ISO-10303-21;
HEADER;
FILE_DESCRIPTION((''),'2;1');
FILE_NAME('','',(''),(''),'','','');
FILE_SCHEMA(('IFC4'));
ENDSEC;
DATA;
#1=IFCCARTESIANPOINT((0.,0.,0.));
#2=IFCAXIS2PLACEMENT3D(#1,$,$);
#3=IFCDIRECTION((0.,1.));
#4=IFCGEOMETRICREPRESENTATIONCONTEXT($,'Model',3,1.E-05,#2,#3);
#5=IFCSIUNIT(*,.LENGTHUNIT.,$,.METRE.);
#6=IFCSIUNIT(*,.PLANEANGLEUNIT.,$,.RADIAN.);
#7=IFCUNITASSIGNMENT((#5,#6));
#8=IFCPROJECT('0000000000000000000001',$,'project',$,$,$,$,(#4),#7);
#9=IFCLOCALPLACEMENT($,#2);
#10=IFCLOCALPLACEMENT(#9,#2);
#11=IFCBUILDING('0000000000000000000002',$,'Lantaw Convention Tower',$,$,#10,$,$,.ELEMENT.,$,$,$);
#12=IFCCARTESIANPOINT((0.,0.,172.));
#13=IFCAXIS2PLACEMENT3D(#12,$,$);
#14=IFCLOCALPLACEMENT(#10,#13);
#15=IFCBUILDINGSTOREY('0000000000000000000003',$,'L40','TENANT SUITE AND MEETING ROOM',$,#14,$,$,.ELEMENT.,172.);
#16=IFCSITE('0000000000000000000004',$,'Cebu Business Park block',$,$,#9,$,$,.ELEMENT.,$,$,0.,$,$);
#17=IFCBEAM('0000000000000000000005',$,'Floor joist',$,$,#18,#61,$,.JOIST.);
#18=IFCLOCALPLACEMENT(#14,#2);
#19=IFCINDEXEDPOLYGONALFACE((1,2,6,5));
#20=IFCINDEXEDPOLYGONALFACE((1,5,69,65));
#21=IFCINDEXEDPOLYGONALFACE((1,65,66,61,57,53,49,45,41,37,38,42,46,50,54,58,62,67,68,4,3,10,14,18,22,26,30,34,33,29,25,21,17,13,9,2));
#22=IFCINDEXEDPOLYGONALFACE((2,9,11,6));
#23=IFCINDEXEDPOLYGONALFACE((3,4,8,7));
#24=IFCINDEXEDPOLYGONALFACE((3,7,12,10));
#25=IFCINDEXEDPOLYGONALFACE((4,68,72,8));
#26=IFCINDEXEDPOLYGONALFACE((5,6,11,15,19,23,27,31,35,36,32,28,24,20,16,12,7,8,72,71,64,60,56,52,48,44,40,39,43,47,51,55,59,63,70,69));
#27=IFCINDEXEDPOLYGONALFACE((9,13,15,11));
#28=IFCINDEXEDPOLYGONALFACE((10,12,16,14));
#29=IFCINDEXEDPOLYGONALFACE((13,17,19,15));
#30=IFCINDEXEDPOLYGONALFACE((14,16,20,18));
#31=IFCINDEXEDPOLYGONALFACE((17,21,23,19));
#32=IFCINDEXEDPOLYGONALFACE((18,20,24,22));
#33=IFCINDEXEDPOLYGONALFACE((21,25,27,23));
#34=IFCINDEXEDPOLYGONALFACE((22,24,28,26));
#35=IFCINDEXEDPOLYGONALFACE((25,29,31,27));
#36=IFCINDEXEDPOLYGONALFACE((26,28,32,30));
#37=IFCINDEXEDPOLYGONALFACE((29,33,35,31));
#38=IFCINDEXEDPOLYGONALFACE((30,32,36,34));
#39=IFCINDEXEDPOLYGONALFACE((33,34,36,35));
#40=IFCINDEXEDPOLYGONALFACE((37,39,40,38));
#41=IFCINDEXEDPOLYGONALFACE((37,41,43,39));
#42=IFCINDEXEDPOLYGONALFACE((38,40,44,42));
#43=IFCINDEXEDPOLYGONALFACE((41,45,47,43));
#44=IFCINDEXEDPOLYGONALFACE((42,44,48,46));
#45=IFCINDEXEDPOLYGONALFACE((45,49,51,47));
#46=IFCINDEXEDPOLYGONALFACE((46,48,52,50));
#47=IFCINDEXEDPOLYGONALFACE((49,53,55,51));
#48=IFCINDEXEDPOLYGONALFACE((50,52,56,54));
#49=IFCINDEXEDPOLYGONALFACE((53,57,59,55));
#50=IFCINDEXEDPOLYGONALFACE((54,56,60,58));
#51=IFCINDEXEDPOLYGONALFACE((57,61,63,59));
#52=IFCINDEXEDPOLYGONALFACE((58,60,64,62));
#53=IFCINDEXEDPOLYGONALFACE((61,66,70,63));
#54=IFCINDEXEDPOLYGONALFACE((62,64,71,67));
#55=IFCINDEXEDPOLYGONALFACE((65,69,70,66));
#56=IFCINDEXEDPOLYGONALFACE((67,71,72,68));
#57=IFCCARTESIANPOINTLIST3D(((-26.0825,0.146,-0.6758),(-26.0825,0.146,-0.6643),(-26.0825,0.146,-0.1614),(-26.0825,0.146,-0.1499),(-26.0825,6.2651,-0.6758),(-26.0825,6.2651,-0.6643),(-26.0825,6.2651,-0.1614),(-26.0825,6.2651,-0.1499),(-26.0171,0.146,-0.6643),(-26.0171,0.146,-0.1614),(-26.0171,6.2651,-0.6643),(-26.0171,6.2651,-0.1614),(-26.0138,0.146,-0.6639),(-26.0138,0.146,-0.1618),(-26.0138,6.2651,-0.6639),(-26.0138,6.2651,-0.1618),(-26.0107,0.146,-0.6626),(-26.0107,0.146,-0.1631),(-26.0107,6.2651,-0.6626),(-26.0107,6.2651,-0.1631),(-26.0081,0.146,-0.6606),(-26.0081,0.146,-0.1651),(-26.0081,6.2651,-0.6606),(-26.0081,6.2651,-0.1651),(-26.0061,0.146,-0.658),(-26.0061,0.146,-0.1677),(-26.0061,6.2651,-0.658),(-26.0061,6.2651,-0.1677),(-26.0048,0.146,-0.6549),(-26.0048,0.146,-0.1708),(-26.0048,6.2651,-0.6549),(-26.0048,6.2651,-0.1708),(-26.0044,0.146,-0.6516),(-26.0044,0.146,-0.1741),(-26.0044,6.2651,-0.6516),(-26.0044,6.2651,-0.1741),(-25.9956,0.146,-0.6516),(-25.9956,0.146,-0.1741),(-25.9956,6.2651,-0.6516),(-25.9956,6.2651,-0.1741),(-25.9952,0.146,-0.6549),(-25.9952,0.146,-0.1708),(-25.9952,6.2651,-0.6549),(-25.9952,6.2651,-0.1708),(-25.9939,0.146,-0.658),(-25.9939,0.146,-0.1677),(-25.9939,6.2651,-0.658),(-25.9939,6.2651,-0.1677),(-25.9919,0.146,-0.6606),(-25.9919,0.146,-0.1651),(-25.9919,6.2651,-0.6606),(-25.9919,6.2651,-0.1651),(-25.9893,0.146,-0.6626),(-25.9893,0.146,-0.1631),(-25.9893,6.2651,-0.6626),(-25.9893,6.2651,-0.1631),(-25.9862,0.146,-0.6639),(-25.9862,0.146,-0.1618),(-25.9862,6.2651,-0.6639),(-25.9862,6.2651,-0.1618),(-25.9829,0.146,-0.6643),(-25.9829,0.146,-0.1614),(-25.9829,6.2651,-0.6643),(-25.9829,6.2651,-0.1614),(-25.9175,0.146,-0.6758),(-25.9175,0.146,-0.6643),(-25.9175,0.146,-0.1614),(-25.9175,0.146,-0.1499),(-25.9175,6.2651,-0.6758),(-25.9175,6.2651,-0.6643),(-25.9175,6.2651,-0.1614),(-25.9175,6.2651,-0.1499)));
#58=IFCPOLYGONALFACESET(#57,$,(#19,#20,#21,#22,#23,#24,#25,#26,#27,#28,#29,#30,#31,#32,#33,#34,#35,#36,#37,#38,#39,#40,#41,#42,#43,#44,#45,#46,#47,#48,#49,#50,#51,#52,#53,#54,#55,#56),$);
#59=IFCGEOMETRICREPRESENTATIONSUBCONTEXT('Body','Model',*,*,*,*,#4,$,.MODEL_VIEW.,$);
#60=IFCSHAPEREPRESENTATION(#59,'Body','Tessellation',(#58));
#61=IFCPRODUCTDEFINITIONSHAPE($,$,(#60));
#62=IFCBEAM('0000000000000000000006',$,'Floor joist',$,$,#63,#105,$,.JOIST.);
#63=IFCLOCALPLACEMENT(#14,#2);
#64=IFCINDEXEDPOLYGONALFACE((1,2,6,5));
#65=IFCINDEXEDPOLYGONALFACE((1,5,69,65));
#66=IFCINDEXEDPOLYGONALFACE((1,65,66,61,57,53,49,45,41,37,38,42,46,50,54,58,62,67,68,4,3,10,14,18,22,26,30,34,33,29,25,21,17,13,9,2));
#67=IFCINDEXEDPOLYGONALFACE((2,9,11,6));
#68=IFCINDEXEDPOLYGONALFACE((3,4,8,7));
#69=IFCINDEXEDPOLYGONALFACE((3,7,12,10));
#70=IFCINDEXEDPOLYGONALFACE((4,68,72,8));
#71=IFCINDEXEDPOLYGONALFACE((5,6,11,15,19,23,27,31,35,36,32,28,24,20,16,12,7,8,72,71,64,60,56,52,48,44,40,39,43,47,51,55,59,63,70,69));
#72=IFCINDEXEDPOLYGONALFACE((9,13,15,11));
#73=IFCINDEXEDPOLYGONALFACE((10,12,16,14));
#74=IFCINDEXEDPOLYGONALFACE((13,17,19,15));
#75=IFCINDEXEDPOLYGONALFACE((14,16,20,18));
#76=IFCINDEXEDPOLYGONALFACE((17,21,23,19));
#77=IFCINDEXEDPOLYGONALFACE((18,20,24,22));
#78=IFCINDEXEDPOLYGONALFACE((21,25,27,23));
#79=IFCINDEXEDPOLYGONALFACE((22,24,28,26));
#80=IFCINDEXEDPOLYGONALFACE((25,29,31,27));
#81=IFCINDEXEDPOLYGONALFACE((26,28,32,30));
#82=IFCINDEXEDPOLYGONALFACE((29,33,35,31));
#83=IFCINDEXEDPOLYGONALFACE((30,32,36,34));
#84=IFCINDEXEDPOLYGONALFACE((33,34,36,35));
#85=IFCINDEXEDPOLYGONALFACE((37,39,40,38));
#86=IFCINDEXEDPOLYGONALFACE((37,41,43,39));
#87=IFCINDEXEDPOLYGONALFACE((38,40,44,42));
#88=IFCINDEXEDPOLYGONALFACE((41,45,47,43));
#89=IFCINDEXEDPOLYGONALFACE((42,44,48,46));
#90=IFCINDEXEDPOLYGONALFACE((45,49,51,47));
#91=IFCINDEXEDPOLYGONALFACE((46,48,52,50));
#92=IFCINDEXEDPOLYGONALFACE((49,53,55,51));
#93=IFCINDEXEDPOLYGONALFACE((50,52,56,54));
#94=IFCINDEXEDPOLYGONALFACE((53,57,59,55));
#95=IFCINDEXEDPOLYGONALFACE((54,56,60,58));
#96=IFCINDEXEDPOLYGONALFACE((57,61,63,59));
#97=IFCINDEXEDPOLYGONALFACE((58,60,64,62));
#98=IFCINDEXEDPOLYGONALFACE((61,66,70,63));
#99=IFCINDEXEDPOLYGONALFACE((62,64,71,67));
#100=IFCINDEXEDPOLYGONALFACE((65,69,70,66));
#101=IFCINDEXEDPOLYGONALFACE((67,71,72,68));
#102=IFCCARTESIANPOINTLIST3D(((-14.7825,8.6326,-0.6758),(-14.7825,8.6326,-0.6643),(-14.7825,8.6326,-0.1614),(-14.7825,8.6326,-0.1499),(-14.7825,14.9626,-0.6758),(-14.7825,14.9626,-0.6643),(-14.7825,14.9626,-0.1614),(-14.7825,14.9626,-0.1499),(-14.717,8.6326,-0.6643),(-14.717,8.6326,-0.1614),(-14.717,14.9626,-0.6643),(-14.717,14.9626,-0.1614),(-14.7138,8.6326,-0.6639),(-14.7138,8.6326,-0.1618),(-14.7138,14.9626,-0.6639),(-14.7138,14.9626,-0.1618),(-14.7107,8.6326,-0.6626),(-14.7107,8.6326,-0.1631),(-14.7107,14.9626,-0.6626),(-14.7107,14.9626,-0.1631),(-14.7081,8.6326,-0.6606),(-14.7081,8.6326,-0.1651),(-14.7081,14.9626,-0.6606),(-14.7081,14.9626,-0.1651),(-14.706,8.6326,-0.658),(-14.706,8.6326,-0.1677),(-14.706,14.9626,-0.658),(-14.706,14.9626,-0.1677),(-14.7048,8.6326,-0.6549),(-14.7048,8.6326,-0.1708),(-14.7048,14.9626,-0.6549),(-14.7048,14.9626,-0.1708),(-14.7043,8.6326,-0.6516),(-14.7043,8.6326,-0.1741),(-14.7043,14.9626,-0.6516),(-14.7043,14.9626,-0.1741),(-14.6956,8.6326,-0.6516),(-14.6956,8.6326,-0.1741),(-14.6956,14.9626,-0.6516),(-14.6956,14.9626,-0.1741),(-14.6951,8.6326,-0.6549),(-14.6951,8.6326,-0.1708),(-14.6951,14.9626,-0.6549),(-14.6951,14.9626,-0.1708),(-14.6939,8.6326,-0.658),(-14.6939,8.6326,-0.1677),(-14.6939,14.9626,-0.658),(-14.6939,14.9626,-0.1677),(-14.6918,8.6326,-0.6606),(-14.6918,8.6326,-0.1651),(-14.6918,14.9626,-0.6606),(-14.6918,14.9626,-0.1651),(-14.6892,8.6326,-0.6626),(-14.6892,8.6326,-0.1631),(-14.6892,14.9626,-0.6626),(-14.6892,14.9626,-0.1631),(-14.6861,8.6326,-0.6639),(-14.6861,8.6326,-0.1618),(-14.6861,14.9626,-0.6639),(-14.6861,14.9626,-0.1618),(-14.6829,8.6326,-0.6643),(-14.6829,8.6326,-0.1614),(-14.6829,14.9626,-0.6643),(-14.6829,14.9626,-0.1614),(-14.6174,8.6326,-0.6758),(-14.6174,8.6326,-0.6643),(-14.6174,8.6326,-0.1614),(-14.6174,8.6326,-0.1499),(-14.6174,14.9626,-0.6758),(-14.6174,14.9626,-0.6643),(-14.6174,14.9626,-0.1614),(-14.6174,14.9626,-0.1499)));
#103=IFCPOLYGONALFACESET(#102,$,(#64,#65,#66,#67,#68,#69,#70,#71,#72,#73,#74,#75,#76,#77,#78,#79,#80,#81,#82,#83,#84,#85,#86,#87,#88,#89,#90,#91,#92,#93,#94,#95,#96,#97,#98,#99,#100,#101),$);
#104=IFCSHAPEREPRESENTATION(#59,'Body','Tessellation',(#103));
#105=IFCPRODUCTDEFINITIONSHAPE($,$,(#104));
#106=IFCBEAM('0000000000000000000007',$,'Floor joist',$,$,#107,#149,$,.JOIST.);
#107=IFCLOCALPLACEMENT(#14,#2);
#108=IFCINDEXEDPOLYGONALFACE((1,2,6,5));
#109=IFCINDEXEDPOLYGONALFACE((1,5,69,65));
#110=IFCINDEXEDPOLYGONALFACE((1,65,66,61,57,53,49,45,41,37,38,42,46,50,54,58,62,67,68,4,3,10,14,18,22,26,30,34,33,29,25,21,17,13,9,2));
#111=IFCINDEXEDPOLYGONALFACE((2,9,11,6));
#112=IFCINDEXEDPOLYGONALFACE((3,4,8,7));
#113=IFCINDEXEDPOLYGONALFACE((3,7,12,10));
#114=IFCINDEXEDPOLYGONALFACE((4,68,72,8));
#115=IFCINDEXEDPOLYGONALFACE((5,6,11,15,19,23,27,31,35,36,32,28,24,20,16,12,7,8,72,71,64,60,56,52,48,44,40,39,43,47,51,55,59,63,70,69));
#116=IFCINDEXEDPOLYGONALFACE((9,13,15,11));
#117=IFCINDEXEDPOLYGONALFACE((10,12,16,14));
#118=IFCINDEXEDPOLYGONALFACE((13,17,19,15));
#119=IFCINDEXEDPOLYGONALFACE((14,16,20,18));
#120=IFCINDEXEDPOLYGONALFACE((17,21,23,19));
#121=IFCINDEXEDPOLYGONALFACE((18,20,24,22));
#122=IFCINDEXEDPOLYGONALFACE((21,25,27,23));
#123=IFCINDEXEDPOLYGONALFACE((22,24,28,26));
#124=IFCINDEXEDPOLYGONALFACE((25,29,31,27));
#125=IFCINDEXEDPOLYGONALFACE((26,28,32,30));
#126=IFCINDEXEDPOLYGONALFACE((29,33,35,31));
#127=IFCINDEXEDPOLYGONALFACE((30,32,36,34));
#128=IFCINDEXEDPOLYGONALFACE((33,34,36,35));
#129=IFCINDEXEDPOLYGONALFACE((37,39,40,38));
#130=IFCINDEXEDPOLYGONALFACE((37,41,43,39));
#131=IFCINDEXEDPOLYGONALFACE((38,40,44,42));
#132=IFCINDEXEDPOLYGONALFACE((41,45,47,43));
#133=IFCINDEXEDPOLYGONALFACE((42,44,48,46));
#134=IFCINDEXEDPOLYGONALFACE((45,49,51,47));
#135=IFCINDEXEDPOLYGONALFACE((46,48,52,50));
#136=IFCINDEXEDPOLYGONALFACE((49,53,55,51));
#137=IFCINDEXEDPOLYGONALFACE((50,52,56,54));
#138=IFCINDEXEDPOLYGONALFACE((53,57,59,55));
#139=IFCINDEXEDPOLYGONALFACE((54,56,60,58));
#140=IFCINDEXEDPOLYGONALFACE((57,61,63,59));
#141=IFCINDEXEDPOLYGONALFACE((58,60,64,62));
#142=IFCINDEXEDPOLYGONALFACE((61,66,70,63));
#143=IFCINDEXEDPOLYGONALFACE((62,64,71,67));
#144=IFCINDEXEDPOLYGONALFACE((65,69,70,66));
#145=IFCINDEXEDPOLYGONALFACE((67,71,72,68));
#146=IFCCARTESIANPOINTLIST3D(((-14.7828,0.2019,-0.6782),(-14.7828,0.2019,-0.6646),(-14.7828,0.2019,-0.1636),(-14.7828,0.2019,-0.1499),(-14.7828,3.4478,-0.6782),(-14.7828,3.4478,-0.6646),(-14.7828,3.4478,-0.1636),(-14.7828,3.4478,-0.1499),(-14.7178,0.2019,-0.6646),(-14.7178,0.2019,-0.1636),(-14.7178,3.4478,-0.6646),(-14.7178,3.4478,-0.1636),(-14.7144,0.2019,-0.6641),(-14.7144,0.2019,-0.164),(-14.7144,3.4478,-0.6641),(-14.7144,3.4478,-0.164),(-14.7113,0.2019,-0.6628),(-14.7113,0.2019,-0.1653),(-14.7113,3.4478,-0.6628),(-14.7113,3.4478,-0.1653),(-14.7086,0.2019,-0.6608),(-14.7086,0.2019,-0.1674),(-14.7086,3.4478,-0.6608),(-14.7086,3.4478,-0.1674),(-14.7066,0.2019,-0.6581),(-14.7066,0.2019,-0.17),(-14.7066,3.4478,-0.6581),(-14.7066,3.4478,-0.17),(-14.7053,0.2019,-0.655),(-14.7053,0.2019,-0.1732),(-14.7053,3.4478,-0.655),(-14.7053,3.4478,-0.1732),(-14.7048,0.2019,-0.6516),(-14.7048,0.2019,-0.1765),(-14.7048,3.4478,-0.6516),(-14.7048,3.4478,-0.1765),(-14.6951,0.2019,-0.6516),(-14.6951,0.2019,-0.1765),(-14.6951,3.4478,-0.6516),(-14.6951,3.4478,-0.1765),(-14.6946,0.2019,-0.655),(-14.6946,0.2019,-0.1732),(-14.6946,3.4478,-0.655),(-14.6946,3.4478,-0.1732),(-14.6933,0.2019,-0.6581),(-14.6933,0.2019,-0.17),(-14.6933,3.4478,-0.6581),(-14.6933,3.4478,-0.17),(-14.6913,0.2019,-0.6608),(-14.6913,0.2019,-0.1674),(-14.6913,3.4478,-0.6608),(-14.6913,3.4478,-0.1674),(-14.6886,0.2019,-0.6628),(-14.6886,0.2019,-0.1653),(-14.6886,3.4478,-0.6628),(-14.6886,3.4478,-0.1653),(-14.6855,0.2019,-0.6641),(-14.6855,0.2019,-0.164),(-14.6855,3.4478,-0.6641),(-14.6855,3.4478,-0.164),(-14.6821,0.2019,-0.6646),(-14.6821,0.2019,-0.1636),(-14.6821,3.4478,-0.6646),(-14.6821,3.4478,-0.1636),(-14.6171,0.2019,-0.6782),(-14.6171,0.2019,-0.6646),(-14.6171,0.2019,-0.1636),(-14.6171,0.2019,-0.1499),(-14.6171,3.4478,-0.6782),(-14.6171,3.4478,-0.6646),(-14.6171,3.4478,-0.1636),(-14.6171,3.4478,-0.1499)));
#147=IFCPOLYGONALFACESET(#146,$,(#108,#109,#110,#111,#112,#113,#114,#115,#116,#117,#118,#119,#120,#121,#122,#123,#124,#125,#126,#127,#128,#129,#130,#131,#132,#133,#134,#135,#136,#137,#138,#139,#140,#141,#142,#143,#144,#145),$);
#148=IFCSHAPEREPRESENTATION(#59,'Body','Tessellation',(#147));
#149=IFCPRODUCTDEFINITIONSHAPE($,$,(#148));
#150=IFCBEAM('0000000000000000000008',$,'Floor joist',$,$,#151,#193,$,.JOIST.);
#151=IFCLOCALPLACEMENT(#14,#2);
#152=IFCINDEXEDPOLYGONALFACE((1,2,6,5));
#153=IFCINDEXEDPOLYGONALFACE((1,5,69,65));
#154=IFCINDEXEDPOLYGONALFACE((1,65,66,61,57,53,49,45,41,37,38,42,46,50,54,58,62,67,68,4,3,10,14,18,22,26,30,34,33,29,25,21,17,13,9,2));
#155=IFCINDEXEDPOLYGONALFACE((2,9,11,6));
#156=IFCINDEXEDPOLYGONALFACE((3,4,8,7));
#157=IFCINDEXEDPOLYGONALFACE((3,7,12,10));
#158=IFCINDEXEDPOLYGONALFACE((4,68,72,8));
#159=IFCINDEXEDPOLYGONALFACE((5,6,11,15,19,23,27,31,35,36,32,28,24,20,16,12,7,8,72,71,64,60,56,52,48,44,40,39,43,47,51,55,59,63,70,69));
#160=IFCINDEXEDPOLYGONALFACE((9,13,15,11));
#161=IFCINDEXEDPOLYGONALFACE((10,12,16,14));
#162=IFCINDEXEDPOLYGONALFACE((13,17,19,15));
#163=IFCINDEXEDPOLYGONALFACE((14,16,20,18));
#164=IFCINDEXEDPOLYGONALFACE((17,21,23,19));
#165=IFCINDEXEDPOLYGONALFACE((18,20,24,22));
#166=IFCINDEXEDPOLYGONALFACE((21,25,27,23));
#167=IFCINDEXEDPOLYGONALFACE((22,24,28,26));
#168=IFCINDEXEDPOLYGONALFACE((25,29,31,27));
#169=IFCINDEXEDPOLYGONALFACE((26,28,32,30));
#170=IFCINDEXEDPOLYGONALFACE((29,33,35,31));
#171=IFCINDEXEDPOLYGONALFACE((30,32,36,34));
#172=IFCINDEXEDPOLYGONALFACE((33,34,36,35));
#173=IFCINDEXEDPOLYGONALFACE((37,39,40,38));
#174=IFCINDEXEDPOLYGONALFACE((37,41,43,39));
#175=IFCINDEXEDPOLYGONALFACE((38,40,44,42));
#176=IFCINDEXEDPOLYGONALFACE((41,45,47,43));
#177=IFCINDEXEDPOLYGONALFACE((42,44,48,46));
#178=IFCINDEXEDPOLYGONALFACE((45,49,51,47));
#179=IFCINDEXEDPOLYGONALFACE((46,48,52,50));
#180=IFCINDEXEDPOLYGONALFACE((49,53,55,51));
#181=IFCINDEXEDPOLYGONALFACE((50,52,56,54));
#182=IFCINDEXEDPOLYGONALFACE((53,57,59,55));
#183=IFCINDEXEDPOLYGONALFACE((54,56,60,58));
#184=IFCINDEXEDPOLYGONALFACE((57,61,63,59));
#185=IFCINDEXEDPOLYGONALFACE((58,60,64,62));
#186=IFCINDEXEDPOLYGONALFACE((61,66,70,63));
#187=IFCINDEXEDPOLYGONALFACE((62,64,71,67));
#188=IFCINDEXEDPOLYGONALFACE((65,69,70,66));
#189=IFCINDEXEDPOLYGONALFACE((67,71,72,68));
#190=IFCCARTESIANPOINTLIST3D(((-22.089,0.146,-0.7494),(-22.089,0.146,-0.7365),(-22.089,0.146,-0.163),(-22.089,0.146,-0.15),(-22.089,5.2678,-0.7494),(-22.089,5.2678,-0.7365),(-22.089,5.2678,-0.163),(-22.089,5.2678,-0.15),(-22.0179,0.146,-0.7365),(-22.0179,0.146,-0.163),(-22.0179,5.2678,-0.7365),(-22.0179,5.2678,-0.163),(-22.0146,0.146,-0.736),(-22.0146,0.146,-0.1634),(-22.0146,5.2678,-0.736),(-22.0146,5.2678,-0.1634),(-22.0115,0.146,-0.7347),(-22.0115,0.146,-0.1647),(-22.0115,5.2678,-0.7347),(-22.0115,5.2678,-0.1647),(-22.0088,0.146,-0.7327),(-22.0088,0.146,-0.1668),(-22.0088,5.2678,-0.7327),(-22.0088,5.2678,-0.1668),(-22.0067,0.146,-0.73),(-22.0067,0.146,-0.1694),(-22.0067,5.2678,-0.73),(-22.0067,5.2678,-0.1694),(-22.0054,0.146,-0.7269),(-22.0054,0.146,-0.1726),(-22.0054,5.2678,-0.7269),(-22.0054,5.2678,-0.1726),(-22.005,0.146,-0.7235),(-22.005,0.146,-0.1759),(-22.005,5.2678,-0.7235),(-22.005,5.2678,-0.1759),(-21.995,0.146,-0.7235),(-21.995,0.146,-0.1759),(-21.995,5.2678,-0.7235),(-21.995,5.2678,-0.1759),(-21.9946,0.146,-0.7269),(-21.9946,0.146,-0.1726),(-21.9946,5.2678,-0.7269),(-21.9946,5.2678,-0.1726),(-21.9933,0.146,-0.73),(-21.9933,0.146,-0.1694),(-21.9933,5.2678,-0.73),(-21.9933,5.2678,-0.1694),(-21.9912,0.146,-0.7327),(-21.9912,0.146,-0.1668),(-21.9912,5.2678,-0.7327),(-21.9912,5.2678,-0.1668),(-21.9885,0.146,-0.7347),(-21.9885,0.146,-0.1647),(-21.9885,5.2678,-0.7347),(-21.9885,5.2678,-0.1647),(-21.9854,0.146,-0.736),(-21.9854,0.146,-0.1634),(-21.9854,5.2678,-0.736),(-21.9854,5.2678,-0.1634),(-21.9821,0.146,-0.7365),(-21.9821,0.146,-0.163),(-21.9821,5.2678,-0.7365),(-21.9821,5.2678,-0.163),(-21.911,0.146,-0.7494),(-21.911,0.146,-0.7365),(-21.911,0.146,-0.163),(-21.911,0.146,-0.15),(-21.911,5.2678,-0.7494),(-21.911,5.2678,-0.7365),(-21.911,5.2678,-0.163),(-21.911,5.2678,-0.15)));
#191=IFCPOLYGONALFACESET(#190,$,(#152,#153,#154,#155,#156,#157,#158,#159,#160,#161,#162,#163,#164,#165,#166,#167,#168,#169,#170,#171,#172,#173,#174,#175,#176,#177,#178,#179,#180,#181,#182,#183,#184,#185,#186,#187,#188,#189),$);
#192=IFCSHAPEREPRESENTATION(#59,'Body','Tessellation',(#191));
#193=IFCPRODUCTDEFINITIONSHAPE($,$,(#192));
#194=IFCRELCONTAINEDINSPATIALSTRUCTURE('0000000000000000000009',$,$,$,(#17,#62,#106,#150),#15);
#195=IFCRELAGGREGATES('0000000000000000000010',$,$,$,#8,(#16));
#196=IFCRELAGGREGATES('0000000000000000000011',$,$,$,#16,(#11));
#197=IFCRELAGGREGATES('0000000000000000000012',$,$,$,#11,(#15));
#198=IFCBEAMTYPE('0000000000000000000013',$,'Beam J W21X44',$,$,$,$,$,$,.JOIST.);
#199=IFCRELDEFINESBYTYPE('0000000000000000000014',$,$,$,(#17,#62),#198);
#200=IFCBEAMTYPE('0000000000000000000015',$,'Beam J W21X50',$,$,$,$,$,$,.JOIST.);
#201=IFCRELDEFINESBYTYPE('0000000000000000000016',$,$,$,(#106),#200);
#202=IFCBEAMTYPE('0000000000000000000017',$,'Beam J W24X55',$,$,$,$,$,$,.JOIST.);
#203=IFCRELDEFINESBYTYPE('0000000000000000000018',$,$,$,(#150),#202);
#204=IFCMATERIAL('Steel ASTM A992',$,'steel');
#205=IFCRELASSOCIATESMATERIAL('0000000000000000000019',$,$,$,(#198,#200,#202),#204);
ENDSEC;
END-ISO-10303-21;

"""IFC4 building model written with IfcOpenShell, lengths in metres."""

from ifc_helpers import new_model, si_unit, direction, frame, origin, origin_2d, place, context, subcontext, project, spatial, i_section, extrude, material, material_profile, profile_set, type_object, element, save


model = new_model("IFC4")

# Units and contexts
model_context = context("Model", 3, precision=1e-05, world=origin(), true_north=direction((0.0, 1.0)))
body_context = subcontext(model_context, "Body", "Model", "MODEL_VIEW")
ifc_project = project(units=[si_unit("LENGTHUNIT", "METRE"), si_unit("PLANEANGLEUNIT", "RADIAN")], contexts=[model_context])

# Site, building, storey
site_placement = place(None, origin())
site = spatial("IfcSite", under=ifc_project, at=site_placement, Name="Cebu Business Park block", CompositionType="ELEMENT", RefElevation=0.0)
building_placement = place(site_placement, origin())
building = spatial("IfcBuilding", under=site, at=building_placement, Name="Lantaw Convention Tower", CompositionType="ELEMENT")
storey_placement = place(building_placement, frame((0.0, 0.0, 172.0)))
storey = spatial("IfcBuildingStorey", under=building, at=storey_placement, Name="L40", Description="TENANT SUITE AND MEETING ROOM", CompositionType="ELEMENT", Elevation=172.0)

# Beams
ifc_material_1 = material(Name="Steel ASTM A992", Category="steel")
ifc_material_profile_1 = material_profile(ifc_material_1, i_section(OverallWidth=0.165, OverallDepth=0.5259, WebThickness=0.0088, FlangeThickness=0.0115, FilletRadius=0.0127, at=origin_2d()), Name="W21X44")
ifc_profile_set_1 = profile_set([ifc_material_profile_1], Name="Steel ASTM A992")
beam_type_1 = type_object("IfcBeamType", Name="Beam J W21X44", PredefinedType="JOIST", material=ifc_profile_set_1)
beam_1_placement = place(storey_placement, frame((-26.0, 0.146, -0.4128), z_axis=(0.0, 1.0, 0.0), x_axis=(-1.0, 0.0, 0.0)))
element("IfcBeam", 1, at=beam_1_placement, inside=storey, type_object=beam_type_1, Name="Floor joist", PredefinedType="JOIST", context=body_context, shape_type="SweptSolid", body=[
    extrude(i_section(OverallWidth=0.165, OverallDepth=0.5259, WebThickness=0.0088, FlangeThickness=0.0115, FilletRadius=0.0127, at=origin_2d()), origin(), (0.0, 0.0, 1.0), 6.1191),
])
beam_2_placement = place(storey_placement, frame((-14.7, 8.6326, -0.4128), z_axis=(0.0, 1.0, 0.0), x_axis=(-1.0, 0.0, 0.0)))
element("IfcBeam", 2, at=beam_2_placement, inside=storey, type_object=beam_type_1, Name="Floor joist", PredefinedType="JOIST", context=body_context, shape_type="SweptSolid", body=[
    extrude(i_section(OverallWidth=0.165, OverallDepth=0.5259, WebThickness=0.0088, FlangeThickness=0.0115, FilletRadius=0.0127, at=origin_2d()), origin(), (0.0, 0.0, 1.0), 6.3301),
])
ifc_material_profile_2 = material_profile(ifc_material_1, i_section(OverallWidth=0.1658, OverallDepth=0.5283, WebThickness=0.0098, FlangeThickness=0.0137, FilletRadius=0.0129, at=origin_2d()), Name="W21X50")
ifc_profile_set_2 = profile_set([ifc_material_profile_2], Name="Steel ASTM A992")
beam_type_2 = type_object("IfcBeamType", Name="Beam J W21X50", PredefinedType="JOIST", material=ifc_profile_set_2)
beam_3_placement = place(storey_placement, frame((-14.7, 0.2019, -0.4141), z_axis=(0.0, 1.0, 0.0), x_axis=(-1.0, 0.0, 0.0)))
element("IfcBeam", 3, at=beam_3_placement, inside=storey, type_object=beam_type_2, Name="Floor joist", PredefinedType="JOIST", context=body_context, shape_type="SweptSolid", body=[
    extrude(i_section(OverallWidth=0.1658, OverallDepth=0.5283, WebThickness=0.0098, FlangeThickness=0.0137, FilletRadius=0.0129, at=origin_2d()), origin(), (0.0, 0.0, 1.0), 3.2458),
])
ifc_material_profile_3 = material_profile(ifc_material_1, i_section(OverallWidth=0.178, OverallDepth=0.5994, WebThickness=0.01, FlangeThickness=0.0129, FilletRadius=0.0129, at=origin_2d()), Name="W24X55")
ifc_profile_set_3 = profile_set([ifc_material_profile_3], Name="Steel ASTM A992")
beam_type_3 = type_object("IfcBeamType", Name="Beam J W24X55", PredefinedType="JOIST", material=ifc_profile_set_3)
beam_4_placement = place(storey_placement, frame((-22.0, 0.146, -0.4497), z_axis=(0.0, 1.0, 0.0), x_axis=(-1.0, 0.0, 0.0)))
element("IfcBeam", 4, at=beam_4_placement, inside=storey, type_object=beam_type_3, Name="Floor joist", PredefinedType="JOIST", context=body_context, shape_type="SweptSolid", body=[
    extrude(i_section(OverallWidth=0.178, OverallDepth=0.5994, WebThickness=0.01, FlangeThickness=0.0129, FilletRadius=0.0129, at=origin_2d()), origin(), (0.0, 0.0, 1.0), 5.1218),
])

save(model, "model.ifc")
